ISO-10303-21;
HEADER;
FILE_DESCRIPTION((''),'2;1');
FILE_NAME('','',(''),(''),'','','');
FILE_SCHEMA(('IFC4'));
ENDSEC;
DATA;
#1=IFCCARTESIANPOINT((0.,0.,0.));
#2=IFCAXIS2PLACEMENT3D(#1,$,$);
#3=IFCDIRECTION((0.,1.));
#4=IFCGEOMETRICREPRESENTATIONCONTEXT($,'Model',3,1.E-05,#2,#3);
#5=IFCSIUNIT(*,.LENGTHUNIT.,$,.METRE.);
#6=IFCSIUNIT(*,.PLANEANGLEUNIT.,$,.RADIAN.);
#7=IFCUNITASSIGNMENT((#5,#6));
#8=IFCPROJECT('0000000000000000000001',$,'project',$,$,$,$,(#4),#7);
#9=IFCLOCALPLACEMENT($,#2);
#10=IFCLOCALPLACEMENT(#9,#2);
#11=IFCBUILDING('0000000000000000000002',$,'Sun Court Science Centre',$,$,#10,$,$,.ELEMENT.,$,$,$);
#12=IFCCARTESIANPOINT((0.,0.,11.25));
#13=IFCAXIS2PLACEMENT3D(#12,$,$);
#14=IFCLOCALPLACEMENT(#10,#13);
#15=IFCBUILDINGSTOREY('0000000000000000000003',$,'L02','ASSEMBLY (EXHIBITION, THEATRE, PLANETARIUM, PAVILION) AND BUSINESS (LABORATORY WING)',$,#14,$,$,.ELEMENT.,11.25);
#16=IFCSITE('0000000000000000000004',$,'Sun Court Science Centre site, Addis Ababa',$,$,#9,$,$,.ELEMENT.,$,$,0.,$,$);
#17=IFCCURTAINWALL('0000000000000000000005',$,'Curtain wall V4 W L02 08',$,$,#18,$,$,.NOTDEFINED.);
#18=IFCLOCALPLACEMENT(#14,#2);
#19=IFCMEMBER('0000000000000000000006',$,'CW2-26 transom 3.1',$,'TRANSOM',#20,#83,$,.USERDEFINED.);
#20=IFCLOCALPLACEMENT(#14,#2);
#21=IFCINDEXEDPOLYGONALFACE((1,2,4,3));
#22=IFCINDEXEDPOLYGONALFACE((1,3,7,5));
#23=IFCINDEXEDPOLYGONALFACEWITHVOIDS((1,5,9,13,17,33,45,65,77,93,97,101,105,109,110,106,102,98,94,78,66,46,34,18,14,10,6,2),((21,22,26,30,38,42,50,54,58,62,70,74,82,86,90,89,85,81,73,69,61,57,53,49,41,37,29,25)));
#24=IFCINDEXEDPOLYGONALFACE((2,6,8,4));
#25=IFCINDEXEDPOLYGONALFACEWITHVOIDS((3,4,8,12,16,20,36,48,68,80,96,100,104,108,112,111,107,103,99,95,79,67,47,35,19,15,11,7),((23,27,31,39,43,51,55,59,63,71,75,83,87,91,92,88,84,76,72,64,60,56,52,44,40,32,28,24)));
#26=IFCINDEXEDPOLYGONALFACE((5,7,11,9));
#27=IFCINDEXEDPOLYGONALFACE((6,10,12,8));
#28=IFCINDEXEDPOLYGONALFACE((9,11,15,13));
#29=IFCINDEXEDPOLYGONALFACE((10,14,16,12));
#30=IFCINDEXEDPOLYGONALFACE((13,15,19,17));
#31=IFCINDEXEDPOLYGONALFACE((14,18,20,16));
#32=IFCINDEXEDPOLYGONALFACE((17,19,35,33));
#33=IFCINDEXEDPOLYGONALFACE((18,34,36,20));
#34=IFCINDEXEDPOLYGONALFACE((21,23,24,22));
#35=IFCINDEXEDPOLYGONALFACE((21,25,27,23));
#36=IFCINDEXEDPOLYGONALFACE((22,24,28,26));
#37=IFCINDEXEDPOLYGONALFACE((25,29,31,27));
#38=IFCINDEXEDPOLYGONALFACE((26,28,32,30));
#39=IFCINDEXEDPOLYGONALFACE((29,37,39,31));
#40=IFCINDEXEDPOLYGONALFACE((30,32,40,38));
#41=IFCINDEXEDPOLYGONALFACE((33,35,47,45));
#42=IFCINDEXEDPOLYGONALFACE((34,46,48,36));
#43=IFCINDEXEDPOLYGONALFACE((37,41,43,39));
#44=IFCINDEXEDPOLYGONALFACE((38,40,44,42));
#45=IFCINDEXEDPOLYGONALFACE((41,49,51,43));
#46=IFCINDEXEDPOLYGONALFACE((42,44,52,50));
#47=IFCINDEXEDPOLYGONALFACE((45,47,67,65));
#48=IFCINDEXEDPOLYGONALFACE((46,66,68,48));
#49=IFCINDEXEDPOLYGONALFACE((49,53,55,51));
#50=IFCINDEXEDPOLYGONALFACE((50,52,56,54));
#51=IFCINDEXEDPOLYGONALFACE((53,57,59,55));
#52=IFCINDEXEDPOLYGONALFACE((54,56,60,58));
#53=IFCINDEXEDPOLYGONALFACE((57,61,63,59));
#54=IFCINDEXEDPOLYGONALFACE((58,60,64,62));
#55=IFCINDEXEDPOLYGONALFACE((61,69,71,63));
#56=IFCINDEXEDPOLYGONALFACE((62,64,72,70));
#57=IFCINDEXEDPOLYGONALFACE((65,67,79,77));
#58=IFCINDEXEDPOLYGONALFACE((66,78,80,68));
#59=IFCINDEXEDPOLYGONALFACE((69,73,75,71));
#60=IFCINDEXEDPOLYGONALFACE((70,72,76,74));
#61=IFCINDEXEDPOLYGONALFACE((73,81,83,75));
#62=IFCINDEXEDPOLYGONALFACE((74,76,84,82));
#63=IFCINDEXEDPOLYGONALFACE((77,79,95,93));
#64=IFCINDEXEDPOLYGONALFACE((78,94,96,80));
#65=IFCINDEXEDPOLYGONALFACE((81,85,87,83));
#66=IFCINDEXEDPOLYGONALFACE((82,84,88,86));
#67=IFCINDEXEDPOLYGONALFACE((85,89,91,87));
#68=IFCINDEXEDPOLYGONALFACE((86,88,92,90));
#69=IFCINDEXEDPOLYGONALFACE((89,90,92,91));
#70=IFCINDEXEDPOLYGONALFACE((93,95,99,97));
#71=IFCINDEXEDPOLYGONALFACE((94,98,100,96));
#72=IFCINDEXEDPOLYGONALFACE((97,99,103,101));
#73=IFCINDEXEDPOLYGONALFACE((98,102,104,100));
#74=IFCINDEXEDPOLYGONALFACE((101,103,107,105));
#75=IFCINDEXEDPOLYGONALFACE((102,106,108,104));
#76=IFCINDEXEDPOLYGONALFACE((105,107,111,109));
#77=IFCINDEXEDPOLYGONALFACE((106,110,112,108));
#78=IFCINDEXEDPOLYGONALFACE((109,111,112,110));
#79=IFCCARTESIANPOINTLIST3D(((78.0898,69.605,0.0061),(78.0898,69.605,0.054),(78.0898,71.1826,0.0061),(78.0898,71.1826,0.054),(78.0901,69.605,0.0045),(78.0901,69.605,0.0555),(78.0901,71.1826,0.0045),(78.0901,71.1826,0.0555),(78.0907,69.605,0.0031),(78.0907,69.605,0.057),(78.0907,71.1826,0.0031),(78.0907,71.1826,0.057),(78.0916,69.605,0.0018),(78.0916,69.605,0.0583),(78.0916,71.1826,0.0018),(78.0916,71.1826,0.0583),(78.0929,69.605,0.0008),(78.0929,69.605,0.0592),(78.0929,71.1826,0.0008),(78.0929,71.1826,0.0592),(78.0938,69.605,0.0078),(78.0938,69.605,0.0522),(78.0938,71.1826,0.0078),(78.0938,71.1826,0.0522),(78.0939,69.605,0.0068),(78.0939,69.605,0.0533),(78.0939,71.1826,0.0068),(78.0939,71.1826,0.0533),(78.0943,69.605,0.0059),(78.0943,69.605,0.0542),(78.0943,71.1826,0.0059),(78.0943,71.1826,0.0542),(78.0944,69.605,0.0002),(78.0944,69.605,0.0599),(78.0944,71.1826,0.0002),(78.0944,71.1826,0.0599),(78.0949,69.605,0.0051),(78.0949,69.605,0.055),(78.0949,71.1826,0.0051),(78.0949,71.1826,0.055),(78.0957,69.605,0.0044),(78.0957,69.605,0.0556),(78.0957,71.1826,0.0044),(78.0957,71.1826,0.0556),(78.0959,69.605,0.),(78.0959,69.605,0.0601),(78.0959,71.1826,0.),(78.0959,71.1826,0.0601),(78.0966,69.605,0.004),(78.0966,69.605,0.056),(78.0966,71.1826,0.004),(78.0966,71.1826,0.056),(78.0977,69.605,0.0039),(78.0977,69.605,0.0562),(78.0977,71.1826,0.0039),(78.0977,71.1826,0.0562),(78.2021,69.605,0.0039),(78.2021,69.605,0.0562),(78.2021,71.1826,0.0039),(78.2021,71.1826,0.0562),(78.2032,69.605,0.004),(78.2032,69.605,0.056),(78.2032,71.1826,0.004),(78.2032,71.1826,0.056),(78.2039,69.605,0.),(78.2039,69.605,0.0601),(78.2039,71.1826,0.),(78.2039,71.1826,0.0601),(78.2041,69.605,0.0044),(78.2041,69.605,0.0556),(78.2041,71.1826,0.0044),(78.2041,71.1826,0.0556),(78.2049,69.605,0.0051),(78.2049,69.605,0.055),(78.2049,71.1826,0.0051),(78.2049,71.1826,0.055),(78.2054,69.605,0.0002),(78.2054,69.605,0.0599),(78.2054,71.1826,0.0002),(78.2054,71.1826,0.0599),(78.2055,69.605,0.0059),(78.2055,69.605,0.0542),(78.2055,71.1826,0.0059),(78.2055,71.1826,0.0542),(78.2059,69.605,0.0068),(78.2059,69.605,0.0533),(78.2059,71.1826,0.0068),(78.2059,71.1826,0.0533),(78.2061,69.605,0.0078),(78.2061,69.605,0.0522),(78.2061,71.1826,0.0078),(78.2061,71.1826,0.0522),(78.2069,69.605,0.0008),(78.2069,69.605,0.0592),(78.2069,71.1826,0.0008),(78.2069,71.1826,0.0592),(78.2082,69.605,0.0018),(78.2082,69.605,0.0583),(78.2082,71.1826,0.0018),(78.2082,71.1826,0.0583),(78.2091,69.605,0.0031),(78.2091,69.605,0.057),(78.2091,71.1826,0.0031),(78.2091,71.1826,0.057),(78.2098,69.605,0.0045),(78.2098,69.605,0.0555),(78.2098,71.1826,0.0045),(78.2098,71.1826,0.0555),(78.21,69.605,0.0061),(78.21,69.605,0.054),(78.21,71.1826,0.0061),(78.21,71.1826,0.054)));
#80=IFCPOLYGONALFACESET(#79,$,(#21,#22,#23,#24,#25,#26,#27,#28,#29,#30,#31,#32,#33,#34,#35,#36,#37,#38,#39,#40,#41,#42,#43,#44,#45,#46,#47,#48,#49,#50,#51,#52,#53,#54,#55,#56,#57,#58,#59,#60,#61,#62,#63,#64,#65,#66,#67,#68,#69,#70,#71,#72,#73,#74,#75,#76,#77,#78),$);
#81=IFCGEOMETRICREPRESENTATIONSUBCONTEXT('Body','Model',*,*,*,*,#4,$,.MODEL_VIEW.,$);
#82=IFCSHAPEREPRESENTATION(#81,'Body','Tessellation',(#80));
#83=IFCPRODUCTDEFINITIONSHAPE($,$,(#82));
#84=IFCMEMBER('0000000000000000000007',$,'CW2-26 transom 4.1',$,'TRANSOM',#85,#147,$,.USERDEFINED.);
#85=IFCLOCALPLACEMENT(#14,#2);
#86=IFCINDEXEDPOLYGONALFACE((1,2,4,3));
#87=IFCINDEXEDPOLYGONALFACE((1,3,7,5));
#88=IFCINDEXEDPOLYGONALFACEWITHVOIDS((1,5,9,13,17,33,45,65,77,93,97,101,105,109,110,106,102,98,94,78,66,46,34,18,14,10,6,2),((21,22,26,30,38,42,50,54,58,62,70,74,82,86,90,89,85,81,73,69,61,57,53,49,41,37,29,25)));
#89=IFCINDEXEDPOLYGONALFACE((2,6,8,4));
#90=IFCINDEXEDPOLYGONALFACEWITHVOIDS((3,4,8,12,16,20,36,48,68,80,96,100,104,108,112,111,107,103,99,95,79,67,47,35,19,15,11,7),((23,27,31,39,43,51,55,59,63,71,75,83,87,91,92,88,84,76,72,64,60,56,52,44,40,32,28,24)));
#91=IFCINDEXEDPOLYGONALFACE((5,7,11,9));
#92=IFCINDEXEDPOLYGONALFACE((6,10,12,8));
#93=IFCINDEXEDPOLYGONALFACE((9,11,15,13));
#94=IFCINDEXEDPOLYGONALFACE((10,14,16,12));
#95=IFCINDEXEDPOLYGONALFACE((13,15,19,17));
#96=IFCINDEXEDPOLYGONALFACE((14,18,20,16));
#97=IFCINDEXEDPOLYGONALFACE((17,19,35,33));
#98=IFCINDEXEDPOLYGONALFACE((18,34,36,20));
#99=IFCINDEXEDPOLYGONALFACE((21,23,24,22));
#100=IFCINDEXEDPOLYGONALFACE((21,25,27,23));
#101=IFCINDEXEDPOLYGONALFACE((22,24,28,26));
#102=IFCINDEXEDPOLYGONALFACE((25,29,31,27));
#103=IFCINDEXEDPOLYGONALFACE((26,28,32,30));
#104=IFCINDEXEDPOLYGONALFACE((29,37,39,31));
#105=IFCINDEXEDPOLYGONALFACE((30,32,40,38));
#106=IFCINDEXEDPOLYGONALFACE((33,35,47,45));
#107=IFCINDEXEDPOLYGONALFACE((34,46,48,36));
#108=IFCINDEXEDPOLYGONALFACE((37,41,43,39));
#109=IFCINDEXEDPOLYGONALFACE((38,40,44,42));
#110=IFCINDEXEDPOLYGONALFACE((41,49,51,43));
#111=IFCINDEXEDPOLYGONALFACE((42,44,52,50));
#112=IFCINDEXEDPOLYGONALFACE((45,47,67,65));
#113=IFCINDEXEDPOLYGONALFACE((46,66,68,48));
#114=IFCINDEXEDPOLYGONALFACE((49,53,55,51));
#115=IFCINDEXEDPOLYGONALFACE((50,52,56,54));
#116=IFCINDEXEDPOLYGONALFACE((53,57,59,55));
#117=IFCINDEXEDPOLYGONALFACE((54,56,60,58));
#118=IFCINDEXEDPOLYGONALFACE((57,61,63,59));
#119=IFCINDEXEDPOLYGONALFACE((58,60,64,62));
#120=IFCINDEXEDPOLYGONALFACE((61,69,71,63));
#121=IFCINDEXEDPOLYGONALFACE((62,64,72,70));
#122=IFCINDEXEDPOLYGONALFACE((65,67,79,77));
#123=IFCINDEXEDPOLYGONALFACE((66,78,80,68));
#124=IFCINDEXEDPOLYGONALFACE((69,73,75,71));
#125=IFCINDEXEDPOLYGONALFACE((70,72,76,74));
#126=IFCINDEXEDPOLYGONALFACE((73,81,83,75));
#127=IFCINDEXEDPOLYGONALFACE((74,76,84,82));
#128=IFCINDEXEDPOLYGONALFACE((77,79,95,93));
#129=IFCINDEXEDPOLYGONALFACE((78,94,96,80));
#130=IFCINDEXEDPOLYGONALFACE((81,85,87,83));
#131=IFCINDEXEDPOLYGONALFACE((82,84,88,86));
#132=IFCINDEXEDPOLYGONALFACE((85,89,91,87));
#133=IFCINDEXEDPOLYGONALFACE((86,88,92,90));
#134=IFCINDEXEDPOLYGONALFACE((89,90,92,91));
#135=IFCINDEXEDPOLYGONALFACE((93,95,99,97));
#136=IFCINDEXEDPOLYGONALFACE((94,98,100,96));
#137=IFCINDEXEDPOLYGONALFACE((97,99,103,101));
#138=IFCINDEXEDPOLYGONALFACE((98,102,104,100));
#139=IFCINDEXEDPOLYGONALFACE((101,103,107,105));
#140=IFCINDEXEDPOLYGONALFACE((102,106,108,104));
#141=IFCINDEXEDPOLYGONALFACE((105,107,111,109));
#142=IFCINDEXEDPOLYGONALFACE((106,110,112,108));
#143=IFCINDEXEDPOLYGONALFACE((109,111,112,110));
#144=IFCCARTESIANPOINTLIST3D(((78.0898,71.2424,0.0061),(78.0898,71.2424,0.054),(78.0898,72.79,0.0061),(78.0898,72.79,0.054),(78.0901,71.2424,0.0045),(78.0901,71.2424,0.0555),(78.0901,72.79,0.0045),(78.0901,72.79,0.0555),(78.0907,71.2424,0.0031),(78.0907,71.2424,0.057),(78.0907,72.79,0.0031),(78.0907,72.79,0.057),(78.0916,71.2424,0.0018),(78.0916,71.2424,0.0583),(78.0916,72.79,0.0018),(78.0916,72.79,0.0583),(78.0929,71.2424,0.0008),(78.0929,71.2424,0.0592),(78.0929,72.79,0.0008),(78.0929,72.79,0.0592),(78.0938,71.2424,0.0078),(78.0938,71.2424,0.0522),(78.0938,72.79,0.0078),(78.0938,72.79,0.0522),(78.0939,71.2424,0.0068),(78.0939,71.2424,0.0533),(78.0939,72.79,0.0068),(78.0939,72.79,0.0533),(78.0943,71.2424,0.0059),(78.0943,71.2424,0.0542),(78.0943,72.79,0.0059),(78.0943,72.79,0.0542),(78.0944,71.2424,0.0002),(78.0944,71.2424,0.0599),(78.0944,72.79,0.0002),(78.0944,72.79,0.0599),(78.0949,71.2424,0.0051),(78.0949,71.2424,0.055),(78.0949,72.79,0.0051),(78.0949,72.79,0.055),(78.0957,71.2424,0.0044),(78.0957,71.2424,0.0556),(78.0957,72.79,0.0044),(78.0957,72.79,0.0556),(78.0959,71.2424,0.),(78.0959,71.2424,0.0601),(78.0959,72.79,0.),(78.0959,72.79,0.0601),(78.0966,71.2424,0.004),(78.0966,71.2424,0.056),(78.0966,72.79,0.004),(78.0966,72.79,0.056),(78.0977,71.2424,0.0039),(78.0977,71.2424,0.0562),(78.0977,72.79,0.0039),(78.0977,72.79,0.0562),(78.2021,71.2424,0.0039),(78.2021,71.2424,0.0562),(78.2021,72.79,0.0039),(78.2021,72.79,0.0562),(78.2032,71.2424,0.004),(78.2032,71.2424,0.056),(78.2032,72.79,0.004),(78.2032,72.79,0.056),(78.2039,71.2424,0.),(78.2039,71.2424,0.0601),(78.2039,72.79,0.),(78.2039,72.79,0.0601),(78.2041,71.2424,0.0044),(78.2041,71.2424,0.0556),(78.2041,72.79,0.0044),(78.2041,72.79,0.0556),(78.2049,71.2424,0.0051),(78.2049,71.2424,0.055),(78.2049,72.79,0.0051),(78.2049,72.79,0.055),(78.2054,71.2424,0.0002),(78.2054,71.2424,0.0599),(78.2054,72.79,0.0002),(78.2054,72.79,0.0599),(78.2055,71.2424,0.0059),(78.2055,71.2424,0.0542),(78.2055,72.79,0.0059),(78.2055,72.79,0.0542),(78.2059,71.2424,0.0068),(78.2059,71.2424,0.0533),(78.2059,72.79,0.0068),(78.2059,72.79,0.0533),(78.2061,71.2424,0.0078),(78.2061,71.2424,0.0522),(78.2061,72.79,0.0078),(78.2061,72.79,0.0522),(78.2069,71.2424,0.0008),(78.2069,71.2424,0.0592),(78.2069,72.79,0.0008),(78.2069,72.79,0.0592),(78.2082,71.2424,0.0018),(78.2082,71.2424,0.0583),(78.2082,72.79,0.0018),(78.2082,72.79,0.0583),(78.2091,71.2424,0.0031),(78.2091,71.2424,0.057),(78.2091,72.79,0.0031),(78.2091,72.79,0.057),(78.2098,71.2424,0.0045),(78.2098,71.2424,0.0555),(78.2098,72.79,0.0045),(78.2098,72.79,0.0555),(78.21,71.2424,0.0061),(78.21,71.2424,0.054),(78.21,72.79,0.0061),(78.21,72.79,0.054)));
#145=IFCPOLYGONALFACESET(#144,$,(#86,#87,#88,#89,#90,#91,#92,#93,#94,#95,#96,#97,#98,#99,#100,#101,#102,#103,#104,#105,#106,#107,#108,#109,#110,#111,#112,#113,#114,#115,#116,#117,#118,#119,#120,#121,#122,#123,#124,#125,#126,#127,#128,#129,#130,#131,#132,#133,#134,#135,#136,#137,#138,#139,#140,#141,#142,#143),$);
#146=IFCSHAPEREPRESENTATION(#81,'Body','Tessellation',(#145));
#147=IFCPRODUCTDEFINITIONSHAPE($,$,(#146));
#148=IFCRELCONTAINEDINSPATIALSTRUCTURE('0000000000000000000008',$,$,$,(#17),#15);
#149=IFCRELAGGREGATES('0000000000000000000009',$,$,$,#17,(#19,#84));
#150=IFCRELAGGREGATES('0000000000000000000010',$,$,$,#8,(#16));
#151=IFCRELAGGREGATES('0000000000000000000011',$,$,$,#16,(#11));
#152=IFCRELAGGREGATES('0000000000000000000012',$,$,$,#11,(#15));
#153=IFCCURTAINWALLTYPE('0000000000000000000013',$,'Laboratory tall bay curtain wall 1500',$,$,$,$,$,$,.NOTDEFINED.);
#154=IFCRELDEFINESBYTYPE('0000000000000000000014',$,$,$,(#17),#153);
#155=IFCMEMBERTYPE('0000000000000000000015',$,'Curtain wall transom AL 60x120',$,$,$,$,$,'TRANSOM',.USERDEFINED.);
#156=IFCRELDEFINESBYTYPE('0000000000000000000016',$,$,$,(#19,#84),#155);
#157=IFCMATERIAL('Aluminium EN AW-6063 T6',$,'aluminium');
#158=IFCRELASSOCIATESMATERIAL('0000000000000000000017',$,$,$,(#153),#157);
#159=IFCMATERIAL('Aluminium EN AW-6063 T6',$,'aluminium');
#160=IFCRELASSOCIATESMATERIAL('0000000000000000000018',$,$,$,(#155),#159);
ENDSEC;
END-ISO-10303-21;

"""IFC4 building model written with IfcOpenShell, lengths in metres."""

from ifc_helpers import new_model, si_unit, direction, frame, origin, origin_2d, place, context, subcontext, project, spatial, hollow_rectangle, extrude, material, material_profile, profile_set, type_object, element, aggregate, save


model = new_model("IFC4")

# Units and contexts
model_context = context("Model", 3, precision=1e-05, world=origin(), true_north=direction((0.0, 1.0)))
body_context = subcontext(model_context, "Body", "Model", "MODEL_VIEW")
ifc_project = project(units=[si_unit("LENGTHUNIT", "METRE"), si_unit("PLANEANGLEUNIT", "RADIAN")], contexts=[model_context])

# Site, building, storey
site_placement = place(None, origin())
site = spatial("IfcSite", under=ifc_project, at=site_placement, Name="Sun Court Science Centre site, Addis Ababa", CompositionType="ELEMENT", RefElevation=0.0)
building_placement = place(site_placement, origin())
building = spatial("IfcBuilding", under=site, at=building_placement, Name="Sun Court Science Centre", CompositionType="ELEMENT")
storey_placement = place(building_placement, frame((0.0, 0.0, 11.25)))
storey = spatial("IfcBuildingStorey", under=building, at=storey_placement, Name="L02", Description="ASSEMBLY (EXHIBITION, THEATRE, PLANETARIUM, PAVILION) AND BUSINESS (LABORATORY WING)", CompositionType="ELEMENT", Elevation=11.25)

# Curtain wall
ifc_material_1 = material(Name="Aluminium EN AW-6063 T6", Category="aluminium")
curtain_wall_type = type_object("IfcCurtainWallType", Name="Laboratory tall bay curtain wall 1500", PredefinedType="NOTDEFINED", material=ifc_material_1)
curtain_wall_1_placement = place(storey_placement, origin())
curtain_wall_1 = element("IfcCurtainWall", 1, at=curtain_wall_1_placement, inside=storey, type_object=curtain_wall_type, Name="Curtain wall V4 W L02 08", PredefinedType="NOTDEFINED")

# Members
ifc_material_2 = material(Name="Aluminium EN AW-6063 T6", Category="aluminium")
ifc_material_profile_1 = material_profile(ifc_material_2, hollow_rectangle(XDim=0.0601, YDim=0.1201, WallThickness=0.0039, InnerFilletRadius=0.0039, OuterFilletRadius=0.0061, at=origin_2d()), Name="AL 60x120x4")
ifc_profile_set_1 = profile_set([ifc_material_profile_1], Name="Aluminium EN AW-6063 T6")
member_type_1 = type_object("IfcMemberType", Name="Curtain wall transom AL 60x120", ElementType="TRANSOM", PredefinedType="USERDEFINED", material=ifc_profile_set_1)
member_1_placement = place(storey_placement, frame((78.1499, 69.605, 0.03), z_axis=(0.0, 1.0, 0.0), x_axis=(0.0, 0.0, 1.0)))
member_1 = element("IfcMember", 2, at=member_1_placement, type_object=member_type_1, Name="CW2-26 transom 3.1", ObjectType="TRANSOM", PredefinedType="USERDEFINED", context=body_context, shape_type="SweptSolid", body=[
    extrude(hollow_rectangle(XDim=0.0601, YDim=0.1201, WallThickness=0.0039, InnerFilletRadius=0.0039, OuterFilletRadius=0.0061, at=origin_2d()), origin(), (0.0, 0.0, 1.0), 1.5776),
])
member_2_placement = place(storey_placement, frame((78.1499, 71.2424, 0.03), z_axis=(0.0, 1.0, 0.0), x_axis=(0.0, 0.0, 1.0)))
member_2 = element("IfcMember", 3, at=member_2_placement, type_object=member_type_1, Name="CW2-26 transom 4.1", ObjectType="TRANSOM", PredefinedType="USERDEFINED", context=body_context, shape_type="SweptSolid", body=[
    extrude(hollow_rectangle(XDim=0.0601, YDim=0.1201, WallThickness=0.0039, InnerFilletRadius=0.0039, OuterFilletRadius=0.0061, at=origin_2d()), origin(), (0.0, 0.0, 1.0), 1.5476),
])

aggregate(curtain_wall_1, [member_1, member_2])

save(model, "model.ifc")
